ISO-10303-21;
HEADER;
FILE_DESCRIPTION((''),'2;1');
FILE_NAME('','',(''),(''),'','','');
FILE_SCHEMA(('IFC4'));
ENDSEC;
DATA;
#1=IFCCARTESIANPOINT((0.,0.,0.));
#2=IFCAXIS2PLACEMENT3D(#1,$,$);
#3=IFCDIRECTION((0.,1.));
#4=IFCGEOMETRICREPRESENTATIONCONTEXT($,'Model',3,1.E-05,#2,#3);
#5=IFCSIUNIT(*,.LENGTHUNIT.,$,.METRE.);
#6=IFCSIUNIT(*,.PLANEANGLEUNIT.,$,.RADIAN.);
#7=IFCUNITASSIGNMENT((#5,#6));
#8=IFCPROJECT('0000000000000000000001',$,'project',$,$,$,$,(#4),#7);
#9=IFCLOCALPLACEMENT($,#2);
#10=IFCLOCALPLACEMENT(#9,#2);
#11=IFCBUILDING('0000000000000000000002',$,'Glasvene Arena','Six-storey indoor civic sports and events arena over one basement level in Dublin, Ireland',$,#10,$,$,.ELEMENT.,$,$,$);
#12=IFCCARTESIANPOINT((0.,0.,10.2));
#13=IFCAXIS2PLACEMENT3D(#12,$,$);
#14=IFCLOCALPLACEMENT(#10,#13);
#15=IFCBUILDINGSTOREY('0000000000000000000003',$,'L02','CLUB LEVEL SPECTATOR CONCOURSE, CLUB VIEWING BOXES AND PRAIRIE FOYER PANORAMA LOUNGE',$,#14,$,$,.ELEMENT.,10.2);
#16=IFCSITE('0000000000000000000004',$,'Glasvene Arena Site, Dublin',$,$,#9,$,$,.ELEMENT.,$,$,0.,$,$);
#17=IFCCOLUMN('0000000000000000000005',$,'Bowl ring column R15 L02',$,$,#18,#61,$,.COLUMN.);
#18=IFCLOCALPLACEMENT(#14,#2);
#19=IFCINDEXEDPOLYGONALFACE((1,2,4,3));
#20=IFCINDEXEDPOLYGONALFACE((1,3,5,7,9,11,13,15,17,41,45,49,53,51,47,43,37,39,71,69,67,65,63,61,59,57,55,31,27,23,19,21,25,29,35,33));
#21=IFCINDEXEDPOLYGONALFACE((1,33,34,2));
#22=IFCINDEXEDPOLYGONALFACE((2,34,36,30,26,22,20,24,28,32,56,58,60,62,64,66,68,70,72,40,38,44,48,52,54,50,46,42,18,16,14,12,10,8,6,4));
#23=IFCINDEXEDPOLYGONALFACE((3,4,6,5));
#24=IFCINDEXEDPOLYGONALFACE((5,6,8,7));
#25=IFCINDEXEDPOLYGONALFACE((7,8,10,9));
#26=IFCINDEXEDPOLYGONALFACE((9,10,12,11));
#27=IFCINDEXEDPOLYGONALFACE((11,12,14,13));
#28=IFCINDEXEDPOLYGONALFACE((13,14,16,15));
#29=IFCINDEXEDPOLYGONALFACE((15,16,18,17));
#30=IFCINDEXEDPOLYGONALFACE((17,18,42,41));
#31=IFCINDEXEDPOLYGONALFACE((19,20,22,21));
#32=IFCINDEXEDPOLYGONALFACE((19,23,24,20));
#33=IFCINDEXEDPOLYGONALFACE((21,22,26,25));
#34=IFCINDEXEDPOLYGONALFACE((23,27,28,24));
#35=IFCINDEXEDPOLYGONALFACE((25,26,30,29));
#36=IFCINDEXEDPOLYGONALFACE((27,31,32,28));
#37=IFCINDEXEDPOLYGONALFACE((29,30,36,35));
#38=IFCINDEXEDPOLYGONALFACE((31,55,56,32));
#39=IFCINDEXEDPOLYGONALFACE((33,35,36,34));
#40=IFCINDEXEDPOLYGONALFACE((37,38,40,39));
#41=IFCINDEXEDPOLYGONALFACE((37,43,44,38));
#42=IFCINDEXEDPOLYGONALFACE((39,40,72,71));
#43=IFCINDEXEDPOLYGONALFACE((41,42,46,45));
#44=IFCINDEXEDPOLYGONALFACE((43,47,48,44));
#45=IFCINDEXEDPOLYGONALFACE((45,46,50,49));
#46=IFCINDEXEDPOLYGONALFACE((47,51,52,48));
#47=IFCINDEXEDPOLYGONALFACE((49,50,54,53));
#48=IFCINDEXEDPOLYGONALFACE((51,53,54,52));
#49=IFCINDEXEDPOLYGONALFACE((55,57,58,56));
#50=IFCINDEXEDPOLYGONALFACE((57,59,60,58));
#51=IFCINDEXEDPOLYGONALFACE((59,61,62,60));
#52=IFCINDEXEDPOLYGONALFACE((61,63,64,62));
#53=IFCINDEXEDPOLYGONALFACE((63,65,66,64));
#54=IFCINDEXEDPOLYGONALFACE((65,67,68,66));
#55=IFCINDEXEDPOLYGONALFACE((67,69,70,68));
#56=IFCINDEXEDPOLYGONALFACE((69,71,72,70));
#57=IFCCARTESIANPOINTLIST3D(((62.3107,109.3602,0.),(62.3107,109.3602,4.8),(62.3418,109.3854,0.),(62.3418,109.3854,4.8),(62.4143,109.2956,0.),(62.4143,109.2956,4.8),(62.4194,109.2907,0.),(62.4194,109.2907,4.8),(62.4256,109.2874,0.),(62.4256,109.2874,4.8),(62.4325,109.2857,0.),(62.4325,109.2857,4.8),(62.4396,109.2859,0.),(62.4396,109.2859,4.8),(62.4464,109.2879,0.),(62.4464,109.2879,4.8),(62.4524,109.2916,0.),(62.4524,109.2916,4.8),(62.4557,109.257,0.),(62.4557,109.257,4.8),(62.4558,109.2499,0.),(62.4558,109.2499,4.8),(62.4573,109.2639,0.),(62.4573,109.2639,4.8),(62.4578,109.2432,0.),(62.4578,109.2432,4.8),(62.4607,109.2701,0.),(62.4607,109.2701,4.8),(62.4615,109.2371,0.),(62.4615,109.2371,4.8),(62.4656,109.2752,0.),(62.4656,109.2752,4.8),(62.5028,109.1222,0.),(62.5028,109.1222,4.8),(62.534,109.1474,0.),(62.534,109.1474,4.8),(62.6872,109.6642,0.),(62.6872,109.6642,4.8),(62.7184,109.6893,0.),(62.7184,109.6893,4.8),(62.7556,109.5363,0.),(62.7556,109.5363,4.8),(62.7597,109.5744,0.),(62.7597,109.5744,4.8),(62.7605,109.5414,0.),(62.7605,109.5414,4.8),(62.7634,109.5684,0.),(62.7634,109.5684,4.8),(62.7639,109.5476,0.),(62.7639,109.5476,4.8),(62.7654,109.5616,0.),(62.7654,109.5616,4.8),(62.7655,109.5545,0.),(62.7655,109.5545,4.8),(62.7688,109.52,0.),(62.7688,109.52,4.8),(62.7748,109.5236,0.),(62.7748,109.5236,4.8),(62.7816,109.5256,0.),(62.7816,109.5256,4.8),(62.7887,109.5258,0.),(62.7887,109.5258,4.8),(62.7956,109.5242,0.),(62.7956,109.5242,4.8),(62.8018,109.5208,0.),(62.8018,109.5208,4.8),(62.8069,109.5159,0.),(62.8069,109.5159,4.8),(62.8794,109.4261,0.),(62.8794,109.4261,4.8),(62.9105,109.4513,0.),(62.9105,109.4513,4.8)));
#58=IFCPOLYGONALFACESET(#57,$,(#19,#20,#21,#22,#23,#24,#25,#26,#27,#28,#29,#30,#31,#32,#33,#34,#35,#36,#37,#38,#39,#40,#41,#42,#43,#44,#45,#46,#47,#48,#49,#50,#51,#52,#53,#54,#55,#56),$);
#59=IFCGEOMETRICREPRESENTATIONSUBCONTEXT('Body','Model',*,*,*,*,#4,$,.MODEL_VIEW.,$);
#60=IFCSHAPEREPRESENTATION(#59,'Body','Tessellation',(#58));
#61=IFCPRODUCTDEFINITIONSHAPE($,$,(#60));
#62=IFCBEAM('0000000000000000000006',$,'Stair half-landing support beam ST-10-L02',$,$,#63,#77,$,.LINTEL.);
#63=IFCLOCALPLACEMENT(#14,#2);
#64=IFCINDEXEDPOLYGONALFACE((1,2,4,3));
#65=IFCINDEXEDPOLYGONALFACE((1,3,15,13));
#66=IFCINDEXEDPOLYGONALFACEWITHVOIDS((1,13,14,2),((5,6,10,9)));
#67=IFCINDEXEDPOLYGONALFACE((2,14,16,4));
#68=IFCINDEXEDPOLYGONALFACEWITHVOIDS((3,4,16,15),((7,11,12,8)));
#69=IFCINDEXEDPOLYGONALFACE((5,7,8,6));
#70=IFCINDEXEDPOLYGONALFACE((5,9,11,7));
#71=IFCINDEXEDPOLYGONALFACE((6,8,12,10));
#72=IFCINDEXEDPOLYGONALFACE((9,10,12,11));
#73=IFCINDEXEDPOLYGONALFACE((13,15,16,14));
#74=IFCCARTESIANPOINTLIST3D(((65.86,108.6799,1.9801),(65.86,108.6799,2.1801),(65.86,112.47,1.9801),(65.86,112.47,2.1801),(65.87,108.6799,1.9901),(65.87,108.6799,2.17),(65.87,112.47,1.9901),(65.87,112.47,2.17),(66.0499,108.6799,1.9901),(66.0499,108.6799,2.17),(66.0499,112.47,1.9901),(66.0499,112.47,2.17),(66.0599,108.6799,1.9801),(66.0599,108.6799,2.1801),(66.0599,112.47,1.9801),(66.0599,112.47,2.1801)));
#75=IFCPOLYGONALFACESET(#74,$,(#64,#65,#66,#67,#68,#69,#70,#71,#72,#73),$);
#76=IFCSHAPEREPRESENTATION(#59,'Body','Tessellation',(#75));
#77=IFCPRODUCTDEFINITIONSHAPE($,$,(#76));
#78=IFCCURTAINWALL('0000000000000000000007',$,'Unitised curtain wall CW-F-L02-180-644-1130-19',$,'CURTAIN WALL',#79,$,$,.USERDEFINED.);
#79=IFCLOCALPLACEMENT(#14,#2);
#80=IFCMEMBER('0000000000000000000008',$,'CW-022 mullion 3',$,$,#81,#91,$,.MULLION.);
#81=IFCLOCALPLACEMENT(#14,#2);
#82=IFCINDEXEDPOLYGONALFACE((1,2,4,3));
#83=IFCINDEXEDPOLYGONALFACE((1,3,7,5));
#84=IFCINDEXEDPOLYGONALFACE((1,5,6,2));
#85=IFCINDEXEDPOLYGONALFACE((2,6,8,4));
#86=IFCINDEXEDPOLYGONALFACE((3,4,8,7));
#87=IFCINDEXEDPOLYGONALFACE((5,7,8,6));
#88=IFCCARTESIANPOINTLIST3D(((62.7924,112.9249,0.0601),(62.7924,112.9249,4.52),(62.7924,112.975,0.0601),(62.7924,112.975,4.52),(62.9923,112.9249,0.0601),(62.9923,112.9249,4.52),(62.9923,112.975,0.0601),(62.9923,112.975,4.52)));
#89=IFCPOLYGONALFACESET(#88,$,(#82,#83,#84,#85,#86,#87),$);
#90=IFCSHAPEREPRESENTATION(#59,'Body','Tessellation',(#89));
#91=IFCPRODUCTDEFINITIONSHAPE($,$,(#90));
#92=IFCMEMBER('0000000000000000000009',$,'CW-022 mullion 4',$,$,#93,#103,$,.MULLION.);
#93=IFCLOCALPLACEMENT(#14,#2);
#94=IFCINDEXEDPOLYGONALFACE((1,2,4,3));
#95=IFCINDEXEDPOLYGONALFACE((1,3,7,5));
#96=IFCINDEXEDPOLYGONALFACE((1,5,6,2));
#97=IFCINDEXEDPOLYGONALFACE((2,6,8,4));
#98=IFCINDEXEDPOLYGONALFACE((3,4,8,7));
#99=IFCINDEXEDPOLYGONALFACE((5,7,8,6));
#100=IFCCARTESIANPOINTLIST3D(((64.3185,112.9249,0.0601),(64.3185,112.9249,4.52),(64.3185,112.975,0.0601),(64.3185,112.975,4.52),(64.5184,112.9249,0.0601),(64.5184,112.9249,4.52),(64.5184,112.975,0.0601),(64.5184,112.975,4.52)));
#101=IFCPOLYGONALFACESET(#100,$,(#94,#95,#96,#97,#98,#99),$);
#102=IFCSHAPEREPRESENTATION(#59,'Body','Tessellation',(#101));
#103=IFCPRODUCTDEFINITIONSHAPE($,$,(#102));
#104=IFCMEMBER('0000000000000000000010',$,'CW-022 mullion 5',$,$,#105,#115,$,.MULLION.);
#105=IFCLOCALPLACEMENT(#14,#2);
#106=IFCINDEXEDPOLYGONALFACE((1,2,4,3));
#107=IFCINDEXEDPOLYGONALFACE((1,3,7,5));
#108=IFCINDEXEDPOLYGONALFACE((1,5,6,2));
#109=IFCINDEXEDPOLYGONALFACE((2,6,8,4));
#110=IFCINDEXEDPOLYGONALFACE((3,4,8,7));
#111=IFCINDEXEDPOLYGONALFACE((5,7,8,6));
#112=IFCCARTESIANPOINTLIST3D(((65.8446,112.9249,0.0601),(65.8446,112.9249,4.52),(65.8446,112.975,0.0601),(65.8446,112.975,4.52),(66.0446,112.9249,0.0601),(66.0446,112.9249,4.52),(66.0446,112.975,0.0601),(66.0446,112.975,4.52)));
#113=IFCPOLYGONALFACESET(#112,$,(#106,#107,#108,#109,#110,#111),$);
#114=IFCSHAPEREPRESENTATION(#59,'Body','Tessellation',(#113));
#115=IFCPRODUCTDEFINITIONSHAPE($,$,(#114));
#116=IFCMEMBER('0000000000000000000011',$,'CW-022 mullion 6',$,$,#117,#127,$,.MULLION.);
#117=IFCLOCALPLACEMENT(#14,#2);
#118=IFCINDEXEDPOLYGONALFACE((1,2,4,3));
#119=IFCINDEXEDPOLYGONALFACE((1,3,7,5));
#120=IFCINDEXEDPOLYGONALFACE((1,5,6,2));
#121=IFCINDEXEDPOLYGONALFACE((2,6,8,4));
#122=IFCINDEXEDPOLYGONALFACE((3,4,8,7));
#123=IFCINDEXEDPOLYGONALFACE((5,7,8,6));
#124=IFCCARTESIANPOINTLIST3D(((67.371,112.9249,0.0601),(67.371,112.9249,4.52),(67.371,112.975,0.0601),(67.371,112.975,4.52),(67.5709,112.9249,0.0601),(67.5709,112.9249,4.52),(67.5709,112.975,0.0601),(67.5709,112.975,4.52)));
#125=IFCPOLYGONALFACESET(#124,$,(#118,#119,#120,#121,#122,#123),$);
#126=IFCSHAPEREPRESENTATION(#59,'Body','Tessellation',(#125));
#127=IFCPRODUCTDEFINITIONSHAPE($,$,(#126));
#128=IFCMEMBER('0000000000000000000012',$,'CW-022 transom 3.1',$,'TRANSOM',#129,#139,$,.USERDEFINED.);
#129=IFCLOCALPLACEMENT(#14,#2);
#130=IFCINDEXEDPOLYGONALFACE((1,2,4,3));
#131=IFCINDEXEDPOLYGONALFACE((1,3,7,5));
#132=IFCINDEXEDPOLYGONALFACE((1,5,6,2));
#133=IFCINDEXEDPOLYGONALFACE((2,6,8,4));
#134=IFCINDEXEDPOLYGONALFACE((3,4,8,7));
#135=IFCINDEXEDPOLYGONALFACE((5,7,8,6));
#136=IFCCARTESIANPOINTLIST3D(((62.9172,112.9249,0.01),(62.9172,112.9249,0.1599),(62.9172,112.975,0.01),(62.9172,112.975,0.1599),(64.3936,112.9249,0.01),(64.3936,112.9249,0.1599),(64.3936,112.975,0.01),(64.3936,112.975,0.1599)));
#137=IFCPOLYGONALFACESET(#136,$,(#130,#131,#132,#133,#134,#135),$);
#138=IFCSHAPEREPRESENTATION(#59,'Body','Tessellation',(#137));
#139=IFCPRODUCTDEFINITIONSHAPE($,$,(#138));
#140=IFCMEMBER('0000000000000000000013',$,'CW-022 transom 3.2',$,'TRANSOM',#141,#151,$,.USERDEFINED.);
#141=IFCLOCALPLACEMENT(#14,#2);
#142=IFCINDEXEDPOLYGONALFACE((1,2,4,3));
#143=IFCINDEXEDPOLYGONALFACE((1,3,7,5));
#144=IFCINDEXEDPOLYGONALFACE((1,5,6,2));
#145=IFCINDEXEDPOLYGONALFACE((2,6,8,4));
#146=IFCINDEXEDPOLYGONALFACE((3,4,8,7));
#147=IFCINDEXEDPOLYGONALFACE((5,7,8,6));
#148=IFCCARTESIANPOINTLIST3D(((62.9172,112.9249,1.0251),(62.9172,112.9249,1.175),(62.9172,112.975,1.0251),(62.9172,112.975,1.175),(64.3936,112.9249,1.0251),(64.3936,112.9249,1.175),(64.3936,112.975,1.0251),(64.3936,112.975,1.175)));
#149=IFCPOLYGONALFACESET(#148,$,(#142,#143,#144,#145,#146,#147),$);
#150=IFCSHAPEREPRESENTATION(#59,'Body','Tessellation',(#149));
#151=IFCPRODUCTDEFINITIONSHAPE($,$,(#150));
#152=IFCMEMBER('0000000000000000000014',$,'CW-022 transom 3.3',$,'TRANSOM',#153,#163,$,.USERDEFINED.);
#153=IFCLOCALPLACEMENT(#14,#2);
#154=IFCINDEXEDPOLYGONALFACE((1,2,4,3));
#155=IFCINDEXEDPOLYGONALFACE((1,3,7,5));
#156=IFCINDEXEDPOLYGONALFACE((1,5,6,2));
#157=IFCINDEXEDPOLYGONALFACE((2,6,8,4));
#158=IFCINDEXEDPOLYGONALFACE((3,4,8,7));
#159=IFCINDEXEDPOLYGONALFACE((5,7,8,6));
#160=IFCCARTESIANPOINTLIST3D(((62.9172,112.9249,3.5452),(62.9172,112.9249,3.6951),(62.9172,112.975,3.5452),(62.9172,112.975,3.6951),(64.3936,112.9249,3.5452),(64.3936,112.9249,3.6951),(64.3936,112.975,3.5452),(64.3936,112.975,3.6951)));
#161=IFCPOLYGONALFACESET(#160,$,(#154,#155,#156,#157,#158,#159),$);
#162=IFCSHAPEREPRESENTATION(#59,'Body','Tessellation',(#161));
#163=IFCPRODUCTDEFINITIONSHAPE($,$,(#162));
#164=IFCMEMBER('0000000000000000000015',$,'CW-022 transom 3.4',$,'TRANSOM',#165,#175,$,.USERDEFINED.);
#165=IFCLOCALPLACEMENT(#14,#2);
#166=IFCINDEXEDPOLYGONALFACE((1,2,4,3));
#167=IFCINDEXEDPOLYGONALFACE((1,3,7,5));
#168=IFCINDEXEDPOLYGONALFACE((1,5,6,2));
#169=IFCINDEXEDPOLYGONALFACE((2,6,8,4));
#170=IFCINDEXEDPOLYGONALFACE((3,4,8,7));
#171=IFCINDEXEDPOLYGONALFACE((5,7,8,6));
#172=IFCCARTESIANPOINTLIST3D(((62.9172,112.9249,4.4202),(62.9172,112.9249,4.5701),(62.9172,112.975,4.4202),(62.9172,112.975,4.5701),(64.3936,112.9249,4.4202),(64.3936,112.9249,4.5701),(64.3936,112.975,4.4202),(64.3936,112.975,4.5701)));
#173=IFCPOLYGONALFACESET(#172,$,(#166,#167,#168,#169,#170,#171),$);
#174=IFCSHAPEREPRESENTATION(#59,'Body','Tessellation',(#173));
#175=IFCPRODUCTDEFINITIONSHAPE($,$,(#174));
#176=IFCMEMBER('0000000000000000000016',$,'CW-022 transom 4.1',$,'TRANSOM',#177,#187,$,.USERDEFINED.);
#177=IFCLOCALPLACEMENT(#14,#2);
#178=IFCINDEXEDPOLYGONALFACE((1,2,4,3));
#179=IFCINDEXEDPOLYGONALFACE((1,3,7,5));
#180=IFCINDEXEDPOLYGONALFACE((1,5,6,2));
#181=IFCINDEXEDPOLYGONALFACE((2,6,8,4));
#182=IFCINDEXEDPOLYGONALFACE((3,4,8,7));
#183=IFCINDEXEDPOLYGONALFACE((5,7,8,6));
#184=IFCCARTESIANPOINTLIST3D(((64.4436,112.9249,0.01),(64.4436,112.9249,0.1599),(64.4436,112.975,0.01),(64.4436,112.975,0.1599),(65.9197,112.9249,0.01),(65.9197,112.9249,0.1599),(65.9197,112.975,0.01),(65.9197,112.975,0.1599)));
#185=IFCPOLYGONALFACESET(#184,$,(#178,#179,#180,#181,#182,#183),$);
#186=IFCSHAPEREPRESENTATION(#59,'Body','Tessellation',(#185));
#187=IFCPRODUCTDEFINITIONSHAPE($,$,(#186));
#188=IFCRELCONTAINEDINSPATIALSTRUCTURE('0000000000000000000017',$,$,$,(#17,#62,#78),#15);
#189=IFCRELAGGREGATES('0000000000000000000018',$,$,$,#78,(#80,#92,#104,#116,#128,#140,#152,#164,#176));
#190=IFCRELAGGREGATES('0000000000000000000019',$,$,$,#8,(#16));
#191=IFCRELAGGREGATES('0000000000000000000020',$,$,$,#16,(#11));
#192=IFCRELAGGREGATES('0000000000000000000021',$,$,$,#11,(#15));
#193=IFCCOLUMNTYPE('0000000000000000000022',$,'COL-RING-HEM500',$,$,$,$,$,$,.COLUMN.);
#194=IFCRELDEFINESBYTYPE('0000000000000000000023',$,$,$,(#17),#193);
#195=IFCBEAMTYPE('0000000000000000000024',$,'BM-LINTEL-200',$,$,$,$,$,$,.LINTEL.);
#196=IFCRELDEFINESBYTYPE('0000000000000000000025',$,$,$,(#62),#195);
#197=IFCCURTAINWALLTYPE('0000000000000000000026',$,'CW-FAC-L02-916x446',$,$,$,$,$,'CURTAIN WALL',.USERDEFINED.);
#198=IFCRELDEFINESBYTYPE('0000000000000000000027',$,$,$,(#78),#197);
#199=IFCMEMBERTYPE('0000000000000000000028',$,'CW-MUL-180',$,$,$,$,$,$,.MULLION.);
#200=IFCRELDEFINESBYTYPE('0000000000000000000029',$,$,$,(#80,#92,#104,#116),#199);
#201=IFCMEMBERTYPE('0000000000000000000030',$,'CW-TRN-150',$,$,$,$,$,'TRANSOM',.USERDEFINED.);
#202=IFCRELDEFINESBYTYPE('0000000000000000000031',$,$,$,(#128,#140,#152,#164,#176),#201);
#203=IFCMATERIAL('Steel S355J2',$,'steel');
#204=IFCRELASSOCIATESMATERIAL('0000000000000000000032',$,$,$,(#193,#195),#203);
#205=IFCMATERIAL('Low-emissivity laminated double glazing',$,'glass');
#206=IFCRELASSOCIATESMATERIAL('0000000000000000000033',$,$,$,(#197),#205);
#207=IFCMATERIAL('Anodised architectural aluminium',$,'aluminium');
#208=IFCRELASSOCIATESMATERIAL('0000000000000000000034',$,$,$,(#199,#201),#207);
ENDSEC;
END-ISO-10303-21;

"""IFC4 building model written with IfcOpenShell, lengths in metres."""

from ifc_helpers import new_model, si_unit, direction, frame, origin, origin_2d, place, context, subcontext, project, spatial, rectangle, hollow_rectangle, i_section, extrude, material, material_profile, profile_set, type_object, element, aggregate, save


model = new_model("IFC4")

# Units and contexts
model_context = context("Model", 3, precision=1e-05, world=origin(), true_north=direction((0.0, 1.0)))
body_context = subcontext(model_context, "Body", "Model", "MODEL_VIEW")
ifc_project = project(units=[si_unit("LENGTHUNIT", "METRE"), si_unit("PLANEANGLEUNIT", "RADIAN")], contexts=[model_context])

# Site, building, storey
site_placement = place(None, origin())
site = spatial("IfcSite", under=ifc_project, at=site_placement, Name="Glasvene Arena Site, Dublin", CompositionType="ELEMENT", RefElevation=0.0)
building_placement = place(site_placement, origin())
building = spatial("IfcBuilding", under=site, at=building_placement, Name="Glasvene Arena", Description="Six-storey indoor civic sports and events arena over one basement level in Dublin, Ireland", CompositionType="ELEMENT")
storey_placement = place(building_placement, frame((0.0, 0.0, 10.2)))
storey = spatial("IfcBuildingStorey", under=building, at=storey_placement, Name="L02", Description="CLUB LEVEL SPECTATOR CONCOURSE, CLUB VIEWING BOXES AND PRAIRIE FOYER PANORAMA LOUNGE", CompositionType="ELEMENT", Elevation=10.2)

# Column
ifc_material_1 = material(Name="Steel S355J2", Category="steel")
ifc_material_profile_1 = material_profile(ifc_material_1, i_section(OverallWidth=0.3059, OverallDepth=0.5239, WebThickness=0.021, FlangeThickness=0.04, FilletRadius=0.0271, at=origin_2d()), Name="HEM 500")
ifc_profile_set_1 = profile_set([ifc_material_profile_1], Name="Steel S355J2")
column_type = type_object("IfcColumnType", Name="COL-RING-HEM500", PredefinedType="COLUMN", material=ifc_profile_set_1)
column_placement = place(storey_placement, frame((62.6106, 109.4058, 0.0), z_axis=(0.0, 0.0, 1.0), x_axis=(-0.628099, 0.778134, 0.0)))
element("IfcColumn", 1, at=column_placement, inside=storey, type_object=column_type, Name="Bowl ring column R15 L02", PredefinedType="COLUMN", context=body_context, shape_type="SweptSolid", body=[
    extrude(i_section(OverallWidth=0.3059, OverallDepth=0.5239, WebThickness=0.021, FlangeThickness=0.04, FilletRadius=0.0271, at=origin_2d()), origin(), (0.0, 0.0, 1.0), 4.8),
])

# Beam
ifc_material_profile_2 = material_profile(ifc_material_1, hollow_rectangle(XDim=0.2, YDim=0.2, WallThickness=0.01, at=origin_2d()), Name="SHS 200x200x10.0")
ifc_profile_set_2 = profile_set([ifc_material_profile_2], Name="Steel S355J2")
beam_type = type_object("IfcBeamType", Name="BM-LINTEL-200", PredefinedType="LINTEL", material=ifc_profile_set_2)
beam_placement = place(storey_placement, frame((65.96, 108.6799, 2.0801), z_axis=(0.0, 1.0, 0.0), x_axis=(-1.0, 0.0, 0.0)))
element("IfcBeam", 2, at=beam_placement, inside=storey, type_object=beam_type, Name="Stair half-landing support beam ST-10-L02", PredefinedType="LINTEL", context=body_context, shape_type="SweptSolid", body=[
    extrude(hollow_rectangle(XDim=0.2, YDim=0.2, WallThickness=0.01, at=origin_2d()), origin(), (0.0, 0.0, 1.0), 3.79),
])

# Curtain wall, members
ifc_material_2 = material(Name="Low-emissivity laminated double glazing", Category="glass")
curtain_wall_type = type_object("IfcCurtainWallType", Name="CW-FAC-L02-916x446", ElementType="CURTAIN WALL", PredefinedType="USERDEFINED", material=ifc_material_2)
curtain_wall_placement = place(storey_placement, frame((59.8401, 112.95, 0.0)))
curtain_wall = element("IfcCurtainWall", 3, at=curtain_wall_placement, inside=storey, type_object=curtain_wall_type, Name="Unitised curtain wall CW-F-L02-180-644-1130-19", ObjectType="CURTAIN WALL", PredefinedType="USERDEFINED")
ifc_material_3 = material(Name="Anodised architectural aluminium", Category="aluminium")
ifc_material_profile_3 = material_profile(ifc_material_3, rectangle(XDim=0.05, YDim=0.2, at=origin_2d()), Name="ALU MULLION 50x200")
ifc_profile_set_3 = profile_set([ifc_material_profile_3], Name="Anodised architectural aluminium")
member_type_1 = type_object("IfcMemberType", Name="CW-MUL-180", PredefinedType="MULLION", material=ifc_profile_set_3)
member_1_placement = place(storey_placement, frame((62.8923, 112.95, 0.0601), z_axis=(0.0, 0.0, 1.0), x_axis=(0.0, 1.0, 0.0)))
member_1 = element("IfcMember", 4, at=member_1_placement, type_object=member_type_1, Name="CW-022 mullion 3", PredefinedType="MULLION", context=body_context, shape_type="SweptSolid", body=[
    extrude(rectangle(XDim=0.05, YDim=0.2, at=origin_2d()), origin(), (0.0, 0.0, 1.0), 4.46),
])
member_2_placement = place(storey_placement, frame((64.4185, 112.95, 0.0601), z_axis=(0.0, 0.0, 1.0), x_axis=(0.0, 1.0, 0.0)))
member_2 = element("IfcMember", 5, at=member_2_placement, type_object=member_type_1, Name="CW-022 mullion 4", PredefinedType="MULLION", context=body_context, shape_type="SweptSolid", body=[
    extrude(rectangle(XDim=0.05, YDim=0.2, at=origin_2d()), origin(), (0.0, 0.0, 1.0), 4.46),
])
member_3_placement = place(storey_placement, frame((65.9446, 112.95, 0.0601), z_axis=(0.0, 0.0, 1.0), x_axis=(0.0, 1.0, 0.0)))
member_3 = element("IfcMember", 6, at=member_3_placement, type_object=member_type_1, Name="CW-022 mullion 5", PredefinedType="MULLION", context=body_context, shape_type="SweptSolid", body=[
    extrude(rectangle(XDim=0.05, YDim=0.2, at=origin_2d()), origin(), (0.0, 0.0, 1.0), 4.46),
])
member_4_placement = place(storey_placement, frame((67.4709, 112.95, 0.0601), z_axis=(0.0, 0.0, 1.0), x_axis=(0.0, 1.0, 0.0)))
member_4 = element("IfcMember", 7, at=member_4_placement, type_object=member_type_1, Name="CW-022 mullion 6", PredefinedType="MULLION", context=body_context, shape_type="SweptSolid", body=[
    extrude(rectangle(XDim=0.05, YDim=0.2, at=origin_2d()), origin(), (0.0, 0.0, 1.0), 4.46),
])
ifc_material_profile_4 = material_profile(ifc_material_3, rectangle(XDim=0.05, YDim=0.1499, at=origin_2d()), Name="ALU TRANSOM 50x150")
ifc_profile_set_4 = profile_set([ifc_material_profile_4], Name="Anodised architectural aluminium")
member_type_2 = type_object("IfcMemberType", Name="CW-TRN-150", ElementType="TRANSOM", PredefinedType="USERDEFINED", material=ifc_profile_set_4)
member_5_placement = place(storey_placement, frame((62.9172, 112.95, 0.085), z_axis=(1.0, 0.0, 0.0), x_axis=(0.0, 1.0, 0.0)))
member_5 = element("IfcMember", 8, at=member_5_placement, type_object=member_type_2, Name="CW-022 transom 3.1", ObjectType="TRANSOM", PredefinedType="USERDEFINED", context=body_context, shape_type="SweptSolid", body=[
    extrude(rectangle(XDim=0.05, YDim=0.1499, at=origin_2d()), origin(), (0.0, 0.0, 1.0), 1.4763),
])
member_6_placement = place(storey_placement, frame((62.9172, 112.95, 1.1001), z_axis=(1.0, 0.0, 0.0), x_axis=(0.0, 1.0, 0.0)))
member_6 = element("IfcMember", 9, at=member_6_placement, type_object=member_type_2, Name="CW-022 transom 3.2", ObjectType="TRANSOM", PredefinedType="USERDEFINED", context=body_context, shape_type="SweptSolid", body=[
    extrude(rectangle(XDim=0.05, YDim=0.1499, at=origin_2d()), origin(), (0.0, 0.0, 1.0), 1.4763),
])
member_7_placement = place(storey_placement, frame((62.9172, 112.95, 3.6201), z_axis=(1.0, 0.0, 0.0), x_axis=(0.0, 1.0, 0.0)))
member_7 = element("IfcMember", 10, at=member_7_placement, type_object=member_type_2, Name="CW-022 transom 3.3", ObjectType="TRANSOM", PredefinedType="USERDEFINED", context=body_context, shape_type="SweptSolid", body=[
    extrude(rectangle(XDim=0.05, YDim=0.1499, at=origin_2d()), origin(), (0.0, 0.0, 1.0), 1.4763),
])
member_8_placement = place(storey_placement, frame((62.9172, 112.95, 4.4951), z_axis=(1.0, 0.0, 0.0), x_axis=(0.0, 1.0, 0.0)))
member_8 = element("IfcMember", 11, at=member_8_placement, type_object=member_type_2, Name="CW-022 transom 3.4", ObjectType="TRANSOM", PredefinedType="USERDEFINED", context=body_context, shape_type="SweptSolid", body=[
    extrude(rectangle(XDim=0.05, YDim=0.1499, at=origin_2d()), origin(), (0.0, 0.0, 1.0), 1.4763),
])
member_9_placement = place(storey_placement, frame((64.4436, 112.95, 0.085), z_axis=(1.0, 0.0, 0.0), x_axis=(0.0, 1.0, 0.0)))
member_9 = element("IfcMember", 12, at=member_9_placement, type_object=member_type_2, Name="CW-022 transom 4.1", ObjectType="TRANSOM", PredefinedType="USERDEFINED", context=body_context, shape_type="SweptSolid", body=[
    extrude(rectangle(XDim=0.05, YDim=0.1499, at=origin_2d()), origin(), (0.0, 0.0, 1.0), 1.4761),
])
aggregate(curtain_wall, [member_1, member_2, member_3, member_4, member_5, member_6, member_7, member_8, member_9])

save(model, "model.ifc")
